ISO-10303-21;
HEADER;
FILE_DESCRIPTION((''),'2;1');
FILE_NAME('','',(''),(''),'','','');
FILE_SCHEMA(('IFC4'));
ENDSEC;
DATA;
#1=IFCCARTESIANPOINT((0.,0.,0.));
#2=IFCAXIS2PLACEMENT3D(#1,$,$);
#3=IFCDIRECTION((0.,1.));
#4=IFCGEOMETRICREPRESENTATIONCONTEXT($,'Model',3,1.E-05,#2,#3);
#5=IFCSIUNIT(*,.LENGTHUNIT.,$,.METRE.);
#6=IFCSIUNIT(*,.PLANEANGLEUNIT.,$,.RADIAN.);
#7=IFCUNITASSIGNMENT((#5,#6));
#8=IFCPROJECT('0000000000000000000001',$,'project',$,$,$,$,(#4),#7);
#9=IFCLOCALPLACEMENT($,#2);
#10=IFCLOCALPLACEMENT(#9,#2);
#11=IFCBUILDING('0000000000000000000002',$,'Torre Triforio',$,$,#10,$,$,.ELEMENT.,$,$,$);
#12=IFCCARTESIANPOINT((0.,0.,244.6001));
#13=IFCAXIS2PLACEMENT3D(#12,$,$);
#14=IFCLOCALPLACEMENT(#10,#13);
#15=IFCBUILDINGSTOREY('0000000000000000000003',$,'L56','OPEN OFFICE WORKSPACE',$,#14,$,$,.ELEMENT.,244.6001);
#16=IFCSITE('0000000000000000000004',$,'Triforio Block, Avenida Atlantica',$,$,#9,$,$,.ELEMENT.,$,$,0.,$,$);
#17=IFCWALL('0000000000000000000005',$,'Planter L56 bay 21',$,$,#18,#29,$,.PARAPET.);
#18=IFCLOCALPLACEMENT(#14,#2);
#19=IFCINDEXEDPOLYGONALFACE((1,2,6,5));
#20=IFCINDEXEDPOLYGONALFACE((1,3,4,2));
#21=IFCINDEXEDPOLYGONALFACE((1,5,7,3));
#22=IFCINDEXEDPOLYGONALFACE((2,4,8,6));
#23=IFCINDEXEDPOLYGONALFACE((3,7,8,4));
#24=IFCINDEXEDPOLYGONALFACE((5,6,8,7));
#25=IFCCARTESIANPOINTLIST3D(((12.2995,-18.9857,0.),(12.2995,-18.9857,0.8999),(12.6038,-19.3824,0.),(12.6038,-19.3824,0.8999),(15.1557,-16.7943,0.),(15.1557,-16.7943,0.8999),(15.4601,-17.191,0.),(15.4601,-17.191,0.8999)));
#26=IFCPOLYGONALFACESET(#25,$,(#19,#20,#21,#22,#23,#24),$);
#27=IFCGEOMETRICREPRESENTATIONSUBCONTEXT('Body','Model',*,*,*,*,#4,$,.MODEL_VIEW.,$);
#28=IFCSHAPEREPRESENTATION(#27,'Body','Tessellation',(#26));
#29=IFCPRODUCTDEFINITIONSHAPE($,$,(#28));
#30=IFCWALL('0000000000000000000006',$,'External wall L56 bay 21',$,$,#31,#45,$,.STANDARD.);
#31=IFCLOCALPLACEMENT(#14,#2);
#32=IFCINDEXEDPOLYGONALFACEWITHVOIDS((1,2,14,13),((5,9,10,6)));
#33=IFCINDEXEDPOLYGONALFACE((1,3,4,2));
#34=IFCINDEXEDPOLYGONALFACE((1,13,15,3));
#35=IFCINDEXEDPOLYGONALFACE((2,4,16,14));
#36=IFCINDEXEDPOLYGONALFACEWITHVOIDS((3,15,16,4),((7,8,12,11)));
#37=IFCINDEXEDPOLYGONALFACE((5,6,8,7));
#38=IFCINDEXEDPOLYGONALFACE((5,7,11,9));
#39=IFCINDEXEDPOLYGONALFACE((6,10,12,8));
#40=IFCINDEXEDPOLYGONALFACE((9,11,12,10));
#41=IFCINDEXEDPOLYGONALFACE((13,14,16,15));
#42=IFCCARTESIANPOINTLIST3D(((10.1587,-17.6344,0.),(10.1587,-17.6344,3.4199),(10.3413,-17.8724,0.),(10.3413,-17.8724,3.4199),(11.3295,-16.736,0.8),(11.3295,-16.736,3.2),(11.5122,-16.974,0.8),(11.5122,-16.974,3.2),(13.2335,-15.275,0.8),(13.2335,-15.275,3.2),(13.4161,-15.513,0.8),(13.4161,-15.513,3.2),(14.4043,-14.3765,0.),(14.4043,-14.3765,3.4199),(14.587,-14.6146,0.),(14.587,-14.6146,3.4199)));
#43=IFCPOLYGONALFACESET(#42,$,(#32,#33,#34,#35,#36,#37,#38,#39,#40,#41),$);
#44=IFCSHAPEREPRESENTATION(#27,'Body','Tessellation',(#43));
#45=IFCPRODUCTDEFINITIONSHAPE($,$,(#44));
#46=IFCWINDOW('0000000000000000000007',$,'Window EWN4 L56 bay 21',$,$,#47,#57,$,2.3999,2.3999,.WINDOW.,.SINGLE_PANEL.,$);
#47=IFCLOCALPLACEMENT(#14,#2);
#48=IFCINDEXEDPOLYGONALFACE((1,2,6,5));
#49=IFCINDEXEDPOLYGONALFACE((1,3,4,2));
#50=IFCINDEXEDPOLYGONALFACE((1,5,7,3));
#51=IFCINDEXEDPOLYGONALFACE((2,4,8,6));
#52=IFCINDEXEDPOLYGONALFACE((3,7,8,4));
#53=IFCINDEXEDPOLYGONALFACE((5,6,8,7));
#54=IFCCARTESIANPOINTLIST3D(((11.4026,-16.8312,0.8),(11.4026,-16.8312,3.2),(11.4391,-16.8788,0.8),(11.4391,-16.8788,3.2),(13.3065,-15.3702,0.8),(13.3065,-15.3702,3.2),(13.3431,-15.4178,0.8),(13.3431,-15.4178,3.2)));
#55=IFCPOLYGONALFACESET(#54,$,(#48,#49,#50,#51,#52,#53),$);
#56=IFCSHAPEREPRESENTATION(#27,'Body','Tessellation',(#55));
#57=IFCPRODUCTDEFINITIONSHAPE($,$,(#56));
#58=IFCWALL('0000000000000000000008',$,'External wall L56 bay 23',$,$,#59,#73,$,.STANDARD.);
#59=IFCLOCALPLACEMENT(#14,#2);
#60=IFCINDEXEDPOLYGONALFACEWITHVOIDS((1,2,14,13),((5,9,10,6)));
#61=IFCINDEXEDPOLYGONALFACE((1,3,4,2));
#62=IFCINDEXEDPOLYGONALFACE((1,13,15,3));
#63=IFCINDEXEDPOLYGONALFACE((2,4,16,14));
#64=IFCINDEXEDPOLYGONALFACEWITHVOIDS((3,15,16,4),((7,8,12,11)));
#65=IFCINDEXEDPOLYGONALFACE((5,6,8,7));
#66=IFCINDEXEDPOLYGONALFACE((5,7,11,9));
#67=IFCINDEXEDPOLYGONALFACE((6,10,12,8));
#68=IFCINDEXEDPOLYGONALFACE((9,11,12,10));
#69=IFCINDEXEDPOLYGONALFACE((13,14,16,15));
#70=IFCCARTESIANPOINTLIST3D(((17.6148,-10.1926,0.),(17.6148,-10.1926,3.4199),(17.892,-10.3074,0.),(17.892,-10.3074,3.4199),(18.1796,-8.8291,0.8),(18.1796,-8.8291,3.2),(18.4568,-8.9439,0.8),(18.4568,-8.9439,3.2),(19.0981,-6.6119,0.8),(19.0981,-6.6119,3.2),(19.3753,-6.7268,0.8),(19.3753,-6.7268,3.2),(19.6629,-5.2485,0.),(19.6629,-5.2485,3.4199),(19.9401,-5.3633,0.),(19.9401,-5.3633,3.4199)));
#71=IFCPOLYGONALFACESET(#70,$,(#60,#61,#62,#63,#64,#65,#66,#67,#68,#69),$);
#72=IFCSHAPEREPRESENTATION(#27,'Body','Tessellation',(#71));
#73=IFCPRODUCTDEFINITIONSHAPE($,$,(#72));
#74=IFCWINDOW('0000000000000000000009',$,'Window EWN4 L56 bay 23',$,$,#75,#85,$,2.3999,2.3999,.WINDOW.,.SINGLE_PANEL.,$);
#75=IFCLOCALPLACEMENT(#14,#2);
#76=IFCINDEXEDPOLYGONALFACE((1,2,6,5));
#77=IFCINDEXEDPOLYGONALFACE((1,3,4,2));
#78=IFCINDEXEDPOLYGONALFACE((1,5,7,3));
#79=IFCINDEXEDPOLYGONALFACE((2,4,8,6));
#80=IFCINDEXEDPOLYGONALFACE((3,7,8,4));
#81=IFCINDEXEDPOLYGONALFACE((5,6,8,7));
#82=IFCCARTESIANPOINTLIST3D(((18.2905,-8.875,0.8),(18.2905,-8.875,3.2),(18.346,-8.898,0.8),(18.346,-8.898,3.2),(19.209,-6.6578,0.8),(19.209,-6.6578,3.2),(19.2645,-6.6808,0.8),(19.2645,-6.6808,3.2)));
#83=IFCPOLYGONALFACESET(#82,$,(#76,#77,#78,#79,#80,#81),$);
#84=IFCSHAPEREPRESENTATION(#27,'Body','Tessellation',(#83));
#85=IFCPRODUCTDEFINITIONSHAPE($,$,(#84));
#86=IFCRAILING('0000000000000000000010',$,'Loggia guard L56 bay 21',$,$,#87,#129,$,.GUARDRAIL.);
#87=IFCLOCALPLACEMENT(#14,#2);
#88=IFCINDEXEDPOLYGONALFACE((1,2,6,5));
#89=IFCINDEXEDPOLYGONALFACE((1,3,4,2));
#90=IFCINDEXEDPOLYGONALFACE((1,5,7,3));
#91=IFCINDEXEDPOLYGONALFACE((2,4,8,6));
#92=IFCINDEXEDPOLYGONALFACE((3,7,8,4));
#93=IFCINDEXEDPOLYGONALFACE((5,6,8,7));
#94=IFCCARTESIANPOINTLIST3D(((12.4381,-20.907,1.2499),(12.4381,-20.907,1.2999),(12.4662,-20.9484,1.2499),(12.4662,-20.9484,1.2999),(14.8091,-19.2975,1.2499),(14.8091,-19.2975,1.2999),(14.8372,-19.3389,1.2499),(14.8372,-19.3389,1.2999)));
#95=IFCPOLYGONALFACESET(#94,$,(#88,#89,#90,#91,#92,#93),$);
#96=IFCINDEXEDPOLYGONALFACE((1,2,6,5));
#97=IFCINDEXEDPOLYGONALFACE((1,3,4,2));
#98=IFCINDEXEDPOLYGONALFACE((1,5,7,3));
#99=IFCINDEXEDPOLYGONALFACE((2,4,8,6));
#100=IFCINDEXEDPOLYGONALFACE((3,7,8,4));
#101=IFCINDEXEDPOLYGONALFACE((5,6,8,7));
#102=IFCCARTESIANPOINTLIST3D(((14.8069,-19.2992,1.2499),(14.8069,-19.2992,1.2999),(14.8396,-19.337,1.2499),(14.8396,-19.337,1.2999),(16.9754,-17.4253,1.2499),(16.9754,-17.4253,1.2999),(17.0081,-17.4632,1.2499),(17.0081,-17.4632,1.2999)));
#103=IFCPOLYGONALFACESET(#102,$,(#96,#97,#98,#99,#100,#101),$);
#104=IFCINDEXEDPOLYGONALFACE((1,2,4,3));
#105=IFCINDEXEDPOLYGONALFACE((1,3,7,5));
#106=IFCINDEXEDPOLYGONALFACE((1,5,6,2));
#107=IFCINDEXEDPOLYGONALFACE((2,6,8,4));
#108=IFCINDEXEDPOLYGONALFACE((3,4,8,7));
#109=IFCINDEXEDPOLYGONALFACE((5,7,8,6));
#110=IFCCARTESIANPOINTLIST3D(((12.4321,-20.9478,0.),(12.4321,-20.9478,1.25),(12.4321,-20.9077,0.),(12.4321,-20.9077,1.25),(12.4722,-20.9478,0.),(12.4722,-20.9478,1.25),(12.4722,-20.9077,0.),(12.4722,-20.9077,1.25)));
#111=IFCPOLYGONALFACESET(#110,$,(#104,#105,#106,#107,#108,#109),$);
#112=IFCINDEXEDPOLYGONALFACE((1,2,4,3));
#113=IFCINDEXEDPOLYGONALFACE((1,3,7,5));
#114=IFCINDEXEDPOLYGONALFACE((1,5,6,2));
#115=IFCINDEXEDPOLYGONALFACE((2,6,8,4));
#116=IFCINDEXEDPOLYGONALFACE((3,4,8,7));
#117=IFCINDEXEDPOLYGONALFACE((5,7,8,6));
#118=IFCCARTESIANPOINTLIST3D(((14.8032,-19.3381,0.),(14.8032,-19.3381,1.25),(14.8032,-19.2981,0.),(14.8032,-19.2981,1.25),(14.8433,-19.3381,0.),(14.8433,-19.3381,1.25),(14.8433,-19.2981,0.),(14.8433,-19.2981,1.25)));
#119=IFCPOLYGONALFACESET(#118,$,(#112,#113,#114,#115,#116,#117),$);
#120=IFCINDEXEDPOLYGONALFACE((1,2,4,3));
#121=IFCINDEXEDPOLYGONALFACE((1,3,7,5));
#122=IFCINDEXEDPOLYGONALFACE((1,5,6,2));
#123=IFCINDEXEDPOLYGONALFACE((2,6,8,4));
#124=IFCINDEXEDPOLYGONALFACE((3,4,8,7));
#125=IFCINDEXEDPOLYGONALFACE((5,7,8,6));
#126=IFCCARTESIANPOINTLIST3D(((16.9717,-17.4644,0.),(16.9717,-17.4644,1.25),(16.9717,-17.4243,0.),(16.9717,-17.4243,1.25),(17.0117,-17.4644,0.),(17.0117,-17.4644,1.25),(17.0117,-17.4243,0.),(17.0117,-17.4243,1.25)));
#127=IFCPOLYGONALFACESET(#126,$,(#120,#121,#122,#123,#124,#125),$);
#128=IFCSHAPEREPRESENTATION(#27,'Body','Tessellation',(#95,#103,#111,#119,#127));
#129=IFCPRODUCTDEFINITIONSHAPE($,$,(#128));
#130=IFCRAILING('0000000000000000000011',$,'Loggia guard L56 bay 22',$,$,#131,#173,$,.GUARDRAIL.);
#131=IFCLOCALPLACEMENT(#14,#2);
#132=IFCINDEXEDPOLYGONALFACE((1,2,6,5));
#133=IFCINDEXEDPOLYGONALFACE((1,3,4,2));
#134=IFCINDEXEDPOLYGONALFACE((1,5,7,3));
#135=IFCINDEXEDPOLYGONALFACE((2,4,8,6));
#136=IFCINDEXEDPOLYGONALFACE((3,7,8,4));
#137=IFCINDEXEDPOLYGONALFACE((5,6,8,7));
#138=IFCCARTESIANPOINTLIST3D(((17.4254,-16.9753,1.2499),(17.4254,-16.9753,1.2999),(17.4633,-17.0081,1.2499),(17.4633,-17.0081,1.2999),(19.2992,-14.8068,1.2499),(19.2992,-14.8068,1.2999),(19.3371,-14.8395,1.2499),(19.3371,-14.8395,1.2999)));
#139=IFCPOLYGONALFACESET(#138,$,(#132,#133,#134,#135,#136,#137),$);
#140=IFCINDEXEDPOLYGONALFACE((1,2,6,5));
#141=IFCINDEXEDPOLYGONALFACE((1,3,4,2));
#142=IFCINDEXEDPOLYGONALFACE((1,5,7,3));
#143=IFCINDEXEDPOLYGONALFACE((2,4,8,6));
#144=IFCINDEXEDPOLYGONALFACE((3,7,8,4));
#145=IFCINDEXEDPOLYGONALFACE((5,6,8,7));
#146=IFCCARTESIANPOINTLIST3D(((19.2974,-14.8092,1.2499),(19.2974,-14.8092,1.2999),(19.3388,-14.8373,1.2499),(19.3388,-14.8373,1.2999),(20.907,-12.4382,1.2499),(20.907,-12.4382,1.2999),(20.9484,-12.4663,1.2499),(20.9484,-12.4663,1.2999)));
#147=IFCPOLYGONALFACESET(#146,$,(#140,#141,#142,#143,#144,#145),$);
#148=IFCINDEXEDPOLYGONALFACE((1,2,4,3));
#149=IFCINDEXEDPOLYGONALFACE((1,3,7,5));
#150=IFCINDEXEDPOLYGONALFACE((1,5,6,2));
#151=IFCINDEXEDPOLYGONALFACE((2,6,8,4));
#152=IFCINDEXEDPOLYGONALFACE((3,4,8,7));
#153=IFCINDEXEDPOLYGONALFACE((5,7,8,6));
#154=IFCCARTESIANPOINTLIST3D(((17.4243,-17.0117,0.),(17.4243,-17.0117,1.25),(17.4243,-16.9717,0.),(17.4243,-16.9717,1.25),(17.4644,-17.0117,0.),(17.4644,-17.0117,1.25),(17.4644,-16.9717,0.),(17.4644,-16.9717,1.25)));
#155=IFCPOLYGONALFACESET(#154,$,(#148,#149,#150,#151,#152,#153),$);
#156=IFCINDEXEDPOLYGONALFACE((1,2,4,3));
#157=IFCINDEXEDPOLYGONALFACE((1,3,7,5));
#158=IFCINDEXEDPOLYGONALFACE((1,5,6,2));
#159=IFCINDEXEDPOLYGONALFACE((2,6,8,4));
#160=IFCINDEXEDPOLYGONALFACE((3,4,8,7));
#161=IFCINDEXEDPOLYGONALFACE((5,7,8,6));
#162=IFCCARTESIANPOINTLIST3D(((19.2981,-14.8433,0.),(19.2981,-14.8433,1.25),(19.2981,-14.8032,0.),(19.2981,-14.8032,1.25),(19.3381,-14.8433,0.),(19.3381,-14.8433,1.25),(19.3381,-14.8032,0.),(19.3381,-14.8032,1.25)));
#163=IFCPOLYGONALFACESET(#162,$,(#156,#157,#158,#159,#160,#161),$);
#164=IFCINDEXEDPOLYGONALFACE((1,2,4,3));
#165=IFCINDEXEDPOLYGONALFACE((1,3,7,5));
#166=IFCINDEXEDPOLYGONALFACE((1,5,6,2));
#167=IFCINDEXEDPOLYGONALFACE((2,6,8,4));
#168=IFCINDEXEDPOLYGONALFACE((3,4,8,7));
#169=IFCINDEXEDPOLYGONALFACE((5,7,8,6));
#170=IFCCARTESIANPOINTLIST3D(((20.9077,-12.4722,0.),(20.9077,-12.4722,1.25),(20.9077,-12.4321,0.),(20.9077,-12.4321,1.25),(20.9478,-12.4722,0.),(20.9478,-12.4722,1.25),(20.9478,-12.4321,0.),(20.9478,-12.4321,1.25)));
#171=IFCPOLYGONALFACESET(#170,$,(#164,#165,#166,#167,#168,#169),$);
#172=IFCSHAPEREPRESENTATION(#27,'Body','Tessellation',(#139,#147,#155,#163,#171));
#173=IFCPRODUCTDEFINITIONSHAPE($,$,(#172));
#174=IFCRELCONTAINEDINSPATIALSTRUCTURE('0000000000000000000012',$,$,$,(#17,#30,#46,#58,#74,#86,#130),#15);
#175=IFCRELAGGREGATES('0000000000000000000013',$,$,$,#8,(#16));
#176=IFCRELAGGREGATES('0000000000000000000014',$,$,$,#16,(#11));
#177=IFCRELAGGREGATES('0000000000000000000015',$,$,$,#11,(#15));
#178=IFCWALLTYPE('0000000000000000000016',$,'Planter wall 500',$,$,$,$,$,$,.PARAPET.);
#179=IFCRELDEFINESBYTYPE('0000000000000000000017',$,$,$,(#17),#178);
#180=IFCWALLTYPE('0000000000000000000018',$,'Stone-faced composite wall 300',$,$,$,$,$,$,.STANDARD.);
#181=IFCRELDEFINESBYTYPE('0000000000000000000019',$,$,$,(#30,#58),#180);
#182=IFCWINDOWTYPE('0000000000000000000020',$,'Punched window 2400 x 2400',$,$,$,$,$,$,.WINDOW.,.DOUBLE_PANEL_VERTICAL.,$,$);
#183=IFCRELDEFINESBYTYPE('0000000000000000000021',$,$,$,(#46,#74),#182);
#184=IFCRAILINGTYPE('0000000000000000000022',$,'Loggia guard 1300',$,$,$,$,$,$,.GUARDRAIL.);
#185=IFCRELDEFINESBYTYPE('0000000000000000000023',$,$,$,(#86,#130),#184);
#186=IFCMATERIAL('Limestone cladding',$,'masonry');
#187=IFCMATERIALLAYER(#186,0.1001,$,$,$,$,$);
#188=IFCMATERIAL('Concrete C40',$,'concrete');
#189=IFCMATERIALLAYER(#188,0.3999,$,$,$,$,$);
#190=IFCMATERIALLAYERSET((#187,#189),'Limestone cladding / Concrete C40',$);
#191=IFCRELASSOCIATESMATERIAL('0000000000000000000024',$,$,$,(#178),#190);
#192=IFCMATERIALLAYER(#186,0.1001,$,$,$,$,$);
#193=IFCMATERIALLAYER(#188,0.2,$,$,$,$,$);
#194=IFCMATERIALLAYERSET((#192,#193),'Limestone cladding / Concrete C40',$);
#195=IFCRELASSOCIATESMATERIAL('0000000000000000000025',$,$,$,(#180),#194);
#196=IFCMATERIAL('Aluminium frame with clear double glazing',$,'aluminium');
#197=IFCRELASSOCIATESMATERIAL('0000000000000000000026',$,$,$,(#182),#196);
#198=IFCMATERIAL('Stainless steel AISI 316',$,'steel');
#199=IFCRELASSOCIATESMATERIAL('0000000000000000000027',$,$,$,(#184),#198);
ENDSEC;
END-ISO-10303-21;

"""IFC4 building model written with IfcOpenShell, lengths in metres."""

from ifc_helpers import new_model, si_unit, direction, frame, frame_2d, origin, origin_2d, place, context, subcontext, project, spatial, rectangle, extrude, material, layer, layer_set, type_object, element, fill, save


model = new_model("IFC4")

# Units and contexts
model_context = context("Model", 3, precision=1e-05, world=origin(), true_north=direction((0.0, 1.0)))
body_context = subcontext(model_context, "Body", "Model", "MODEL_VIEW")
ifc_project = project(units=[si_unit("LENGTHUNIT", "METRE"), si_unit("PLANEANGLEUNIT", "RADIAN")], contexts=[model_context])

# Site, building, storey
site_placement = place(None, origin())
site = spatial("IfcSite", under=ifc_project, at=site_placement, Name="Triforio Block, Avenida Atlantica", CompositionType="ELEMENT", RefElevation=0.0)
building_placement = place(site_placement, origin())
building = spatial("IfcBuilding", under=site, at=building_placement, Name="Torre Triforio", CompositionType="ELEMENT")
storey_placement = place(building_placement, frame((0.0, 0.0, 244.6001)))
storey = spatial("IfcBuildingStorey", under=building, at=storey_placement, Name="L56", Description="OPEN OFFICE WORKSPACE", CompositionType="ELEMENT", Elevation=244.6001)

# Shared definitions
ifc_material_1 = material(Name="Concrete C40", Category="concrete")

# Wall
ifc_material_2 = material(Name="Limestone cladding", Category="masonry")
ifc_layer_1 = layer(ifc_material_2, 0.1001)
ifc_layer_2 = layer(ifc_material_1, 0.3999)
ifc_layer_set_1 = layer_set([ifc_layer_1, ifc_layer_2], Name="Limestone cladding / Concrete C40")
wall_type_1 = type_object("IfcWallType", Name="Planter wall 500", PredefinedType="PARAPET", material=ifc_layer_set_1)
wall_1_placement = place(storey_placement, frame((12.4517, -19.1841, 0.0), z_axis=(0.0, 0.0, 1.0), x_axis=(0.793385, 0.608721, 0.0)))
element("IfcWall", 1, at=wall_1_placement, inside=storey, type_object=wall_type_1, Name="Planter L56 bay 21", PredefinedType="PARAPET", context=body_context, shape_type="SweptSolid", body=[
    extrude(rectangle(XDim=3.6001, YDim=0.5, at=frame_2d((1.8, 0.0))), origin(), (0.0, 0.0, 1.0), 0.8999),
])

# Wall, opening, window
ifc_layer_3 = layer(ifc_material_2, 0.1001)
ifc_layer_4 = layer(ifc_material_1, 0.2)
ifc_layer_set_2 = layer_set([ifc_layer_3, ifc_layer_4], Name="Limestone cladding / Concrete C40")
wall_type_2 = type_object("IfcWallType", Name="Stone-faced composite wall 300", PredefinedType="STANDARD", material=ifc_layer_set_2)
wall_2_placement = place(storey_placement, frame((10.25, -17.7534, 0.0), z_axis=(0.0, 0.0, 1.0), x_axis=(0.793349, 0.608767, 0.0)))
wall_2 = element("IfcWall", 2, at=wall_2_placement, inside=storey, type_object=wall_type_2, Name="External wall L56 bay 21", PredefinedType="STANDARD", context=body_context, shape_type="SweptSolid", body=[
    extrude(rectangle(XDim=5.3516, YDim=0.3, at=frame_2d((2.6758, 0.0))), origin(), (0.0, 0.0, 1.0), 3.4199),
])
opening_1_placement = place(wall_2_placement, frame((1.4758, 0.0, 0.8)))
opening_1 = element("IfcOpeningElement", 3, at=opening_1_placement, cuts=wall_2, PredefinedType="OPENING", context=body_context, shape_type="SweptSolid", body=[
    extrude(rectangle(XDim=2.3999, YDim=2.3999, at=frame_2d((1.2, 1.2))), frame((0.0, 0.1599, 0.0), z_axis=(0.0, -1.0, 0.0), x_axis=(1.0, 0.0, 0.0)), (0.0, 0.0, 1.0), 0.3201),
])
ifc_material_3 = material(Name="Aluminium frame with clear double glazing", Category="aluminium")
window_type_1 = type_object("IfcWindowType", Name="Punched window 2400 x 2400", PartitioningType="DOUBLE_PANEL_VERTICAL", PredefinedType="WINDOW", material=ifc_material_3)
window_1_placement = place(opening_1_placement, origin())
window_1 = element("IfcWindow", 4, at=window_1_placement, inside=storey, type_object=window_type_1, Name="Window EWN4 L56 bay 21", OverallHeight=2.3999, OverallWidth=2.3999, PartitioningType="SINGLE_PANEL", PredefinedType="WINDOW", context=body_context, shape_type="SweptSolid", body=[
    extrude(rectangle(XDim=2.3999, YDim=2.3999, at=frame_2d((1.2, 1.2))), frame((0.0, 0.03, 0.0), z_axis=(0.0, -1.0, 0.0), x_axis=(1.0, 0.0, 0.0)), (0.0, 0.0, 1.0), 0.0601),
])
fill(opening_1, window_1)

# Wall, opening, window
wall_3_placement = place(storey_placement, frame((17.7534, -10.25, 0.0), z_axis=(0.0, 0.0, 1.0), x_axis=(0.382713, 0.923867, 0.0)))
wall_3 = element("IfcWall", 5, at=wall_3_placement, inside=storey, type_object=wall_type_2, Name="External wall L56 bay 23", PredefinedType="STANDARD", context=body_context, shape_type="SweptSolid", body=[
    extrude(rectangle(XDim=5.3516, YDim=0.3, at=frame_2d((2.6758, 0.0))), origin(), (0.0, 0.0, 1.0), 3.4199),
])
opening_2_placement = place(wall_3_placement, frame((1.4758, 0.0, 0.8)))
opening_2 = element("IfcOpeningElement", 6, at=opening_2_placement, cuts=wall_3, PredefinedType="OPENING", context=body_context, shape_type="SweptSolid", body=[
    extrude(rectangle(XDim=2.3999, YDim=2.3999, at=frame_2d((1.2, 1.2))), frame((0.0, 0.1599, 0.0), z_axis=(0.0, -1.0, 0.0), x_axis=(1.0, 0.0, 0.0)), (0.0, 0.0, 1.0), 0.3201),
])
window_2_placement = place(opening_2_placement, origin())
window_2 = element("IfcWindow", 7, at=window_2_placement, inside=storey, type_object=window_type_1, Name="Window EWN4 L56 bay 23", OverallHeight=2.3999, OverallWidth=2.3999, PartitioningType="SINGLE_PANEL", PredefinedType="WINDOW", context=body_context, shape_type="SweptSolid", body=[
    extrude(rectangle(XDim=2.3999, YDim=2.3999, at=frame_2d((1.2, 1.2))), frame((0.0, 0.03, 0.0), z_axis=(0.0, -1.0, 0.0), x_axis=(1.0, 0.0, 0.0)), (0.0, 0.0, 1.0), 0.0601),
])
fill(opening_2, window_2)

# Railings
ifc_material_4 = material(Name="Stainless steel AISI 316", Category="steel")
railing_type = type_object("IfcRailingType", Name="Loggia guard 1300", PredefinedType="GUARDRAIL", material=ifc_material_4)
railing_1_placement = place(storey_placement, frame((12.4521, -20.9277, 0.0)))
element("IfcRailing", 8, at=railing_1_placement, inside=storey, type_object=railing_type, Name="Loggia guard L56 bay 21", PredefinedType="GUARDRAIL", context=body_context, shape_type="SweptSolid", body=[
    extrude(rectangle(XDim=0.05, YDim=0.05, at=origin_2d()), frame((0.0, 0.0, 1.2749), z_axis=(0.827368, 0.56166, 0.0), x_axis=(-0.56166, 0.827368, 0.0)), (0.0, 0.0, 1.0), 2.8657),
    extrude(rectangle(XDim=0.05, YDim=0.05, at=origin_2d()), frame((2.3711, 1.6096, 1.2749), z_axis=(0.756647, 0.653824, 0.0), x_axis=(-0.653824, 0.756647, 0.0)), (0.0, 0.0, 1.0), 2.866),
    extrude(rectangle(XDim=0.04, YDim=0.04, at=origin_2d()), origin(), (0.0, 0.0, 1.0), 1.25),
    extrude(rectangle(XDim=0.04, YDim=0.04, at=origin_2d()), frame((2.3711, 1.6096, 0.0)), (0.0, 0.0, 1.0), 1.25),
    extrude(rectangle(XDim=0.04, YDim=0.04, at=origin_2d()), frame((4.5396, 3.4834, 0.0)), (0.0, 0.0, 1.0), 1.25),
])
railing_2_placement = place(storey_placement, frame((17.4443, -16.9917, 0.0)))
element("IfcRailing", 9, at=railing_2_placement, inside=storey, type_object=railing_type, Name="Loggia guard L56 bay 22", PredefinedType="GUARDRAIL", context=body_context, shape_type="SweptSolid", body=[
    extrude(rectangle(XDim=0.05, YDim=0.05, at=origin_2d()), frame((0.0, 0.0, 1.2749), z_axis=(0.653824, 0.756647, 0.0), x_axis=(-0.756647, 0.653824, 0.0)), (0.0, 0.0, 1.0), 2.866),
    extrude(rectangle(XDim=0.05, YDim=0.05, at=origin_2d()), frame((1.8738, 2.1685, 1.2749), z_axis=(0.56166, 0.827368, 0.0), x_axis=(-0.827368, 0.56166, 0.0)), (0.0, 0.0, 1.0), 2.8657),
    extrude(rectangle(XDim=0.04, YDim=0.04, at=origin_2d()), origin(), (0.0, 0.0, 1.0), 1.25),
    extrude(rectangle(XDim=0.04, YDim=0.04, at=origin_2d()), frame((1.8738, 2.1685, 0.0)), (0.0, 0.0, 1.0), 1.25),
    extrude(rectangle(XDim=0.04, YDim=0.04, at=origin_2d()), frame((3.4834, 4.5396, 0.0)), (0.0, 0.0, 1.0), 1.25),
])

save(model, "model.ifc")
